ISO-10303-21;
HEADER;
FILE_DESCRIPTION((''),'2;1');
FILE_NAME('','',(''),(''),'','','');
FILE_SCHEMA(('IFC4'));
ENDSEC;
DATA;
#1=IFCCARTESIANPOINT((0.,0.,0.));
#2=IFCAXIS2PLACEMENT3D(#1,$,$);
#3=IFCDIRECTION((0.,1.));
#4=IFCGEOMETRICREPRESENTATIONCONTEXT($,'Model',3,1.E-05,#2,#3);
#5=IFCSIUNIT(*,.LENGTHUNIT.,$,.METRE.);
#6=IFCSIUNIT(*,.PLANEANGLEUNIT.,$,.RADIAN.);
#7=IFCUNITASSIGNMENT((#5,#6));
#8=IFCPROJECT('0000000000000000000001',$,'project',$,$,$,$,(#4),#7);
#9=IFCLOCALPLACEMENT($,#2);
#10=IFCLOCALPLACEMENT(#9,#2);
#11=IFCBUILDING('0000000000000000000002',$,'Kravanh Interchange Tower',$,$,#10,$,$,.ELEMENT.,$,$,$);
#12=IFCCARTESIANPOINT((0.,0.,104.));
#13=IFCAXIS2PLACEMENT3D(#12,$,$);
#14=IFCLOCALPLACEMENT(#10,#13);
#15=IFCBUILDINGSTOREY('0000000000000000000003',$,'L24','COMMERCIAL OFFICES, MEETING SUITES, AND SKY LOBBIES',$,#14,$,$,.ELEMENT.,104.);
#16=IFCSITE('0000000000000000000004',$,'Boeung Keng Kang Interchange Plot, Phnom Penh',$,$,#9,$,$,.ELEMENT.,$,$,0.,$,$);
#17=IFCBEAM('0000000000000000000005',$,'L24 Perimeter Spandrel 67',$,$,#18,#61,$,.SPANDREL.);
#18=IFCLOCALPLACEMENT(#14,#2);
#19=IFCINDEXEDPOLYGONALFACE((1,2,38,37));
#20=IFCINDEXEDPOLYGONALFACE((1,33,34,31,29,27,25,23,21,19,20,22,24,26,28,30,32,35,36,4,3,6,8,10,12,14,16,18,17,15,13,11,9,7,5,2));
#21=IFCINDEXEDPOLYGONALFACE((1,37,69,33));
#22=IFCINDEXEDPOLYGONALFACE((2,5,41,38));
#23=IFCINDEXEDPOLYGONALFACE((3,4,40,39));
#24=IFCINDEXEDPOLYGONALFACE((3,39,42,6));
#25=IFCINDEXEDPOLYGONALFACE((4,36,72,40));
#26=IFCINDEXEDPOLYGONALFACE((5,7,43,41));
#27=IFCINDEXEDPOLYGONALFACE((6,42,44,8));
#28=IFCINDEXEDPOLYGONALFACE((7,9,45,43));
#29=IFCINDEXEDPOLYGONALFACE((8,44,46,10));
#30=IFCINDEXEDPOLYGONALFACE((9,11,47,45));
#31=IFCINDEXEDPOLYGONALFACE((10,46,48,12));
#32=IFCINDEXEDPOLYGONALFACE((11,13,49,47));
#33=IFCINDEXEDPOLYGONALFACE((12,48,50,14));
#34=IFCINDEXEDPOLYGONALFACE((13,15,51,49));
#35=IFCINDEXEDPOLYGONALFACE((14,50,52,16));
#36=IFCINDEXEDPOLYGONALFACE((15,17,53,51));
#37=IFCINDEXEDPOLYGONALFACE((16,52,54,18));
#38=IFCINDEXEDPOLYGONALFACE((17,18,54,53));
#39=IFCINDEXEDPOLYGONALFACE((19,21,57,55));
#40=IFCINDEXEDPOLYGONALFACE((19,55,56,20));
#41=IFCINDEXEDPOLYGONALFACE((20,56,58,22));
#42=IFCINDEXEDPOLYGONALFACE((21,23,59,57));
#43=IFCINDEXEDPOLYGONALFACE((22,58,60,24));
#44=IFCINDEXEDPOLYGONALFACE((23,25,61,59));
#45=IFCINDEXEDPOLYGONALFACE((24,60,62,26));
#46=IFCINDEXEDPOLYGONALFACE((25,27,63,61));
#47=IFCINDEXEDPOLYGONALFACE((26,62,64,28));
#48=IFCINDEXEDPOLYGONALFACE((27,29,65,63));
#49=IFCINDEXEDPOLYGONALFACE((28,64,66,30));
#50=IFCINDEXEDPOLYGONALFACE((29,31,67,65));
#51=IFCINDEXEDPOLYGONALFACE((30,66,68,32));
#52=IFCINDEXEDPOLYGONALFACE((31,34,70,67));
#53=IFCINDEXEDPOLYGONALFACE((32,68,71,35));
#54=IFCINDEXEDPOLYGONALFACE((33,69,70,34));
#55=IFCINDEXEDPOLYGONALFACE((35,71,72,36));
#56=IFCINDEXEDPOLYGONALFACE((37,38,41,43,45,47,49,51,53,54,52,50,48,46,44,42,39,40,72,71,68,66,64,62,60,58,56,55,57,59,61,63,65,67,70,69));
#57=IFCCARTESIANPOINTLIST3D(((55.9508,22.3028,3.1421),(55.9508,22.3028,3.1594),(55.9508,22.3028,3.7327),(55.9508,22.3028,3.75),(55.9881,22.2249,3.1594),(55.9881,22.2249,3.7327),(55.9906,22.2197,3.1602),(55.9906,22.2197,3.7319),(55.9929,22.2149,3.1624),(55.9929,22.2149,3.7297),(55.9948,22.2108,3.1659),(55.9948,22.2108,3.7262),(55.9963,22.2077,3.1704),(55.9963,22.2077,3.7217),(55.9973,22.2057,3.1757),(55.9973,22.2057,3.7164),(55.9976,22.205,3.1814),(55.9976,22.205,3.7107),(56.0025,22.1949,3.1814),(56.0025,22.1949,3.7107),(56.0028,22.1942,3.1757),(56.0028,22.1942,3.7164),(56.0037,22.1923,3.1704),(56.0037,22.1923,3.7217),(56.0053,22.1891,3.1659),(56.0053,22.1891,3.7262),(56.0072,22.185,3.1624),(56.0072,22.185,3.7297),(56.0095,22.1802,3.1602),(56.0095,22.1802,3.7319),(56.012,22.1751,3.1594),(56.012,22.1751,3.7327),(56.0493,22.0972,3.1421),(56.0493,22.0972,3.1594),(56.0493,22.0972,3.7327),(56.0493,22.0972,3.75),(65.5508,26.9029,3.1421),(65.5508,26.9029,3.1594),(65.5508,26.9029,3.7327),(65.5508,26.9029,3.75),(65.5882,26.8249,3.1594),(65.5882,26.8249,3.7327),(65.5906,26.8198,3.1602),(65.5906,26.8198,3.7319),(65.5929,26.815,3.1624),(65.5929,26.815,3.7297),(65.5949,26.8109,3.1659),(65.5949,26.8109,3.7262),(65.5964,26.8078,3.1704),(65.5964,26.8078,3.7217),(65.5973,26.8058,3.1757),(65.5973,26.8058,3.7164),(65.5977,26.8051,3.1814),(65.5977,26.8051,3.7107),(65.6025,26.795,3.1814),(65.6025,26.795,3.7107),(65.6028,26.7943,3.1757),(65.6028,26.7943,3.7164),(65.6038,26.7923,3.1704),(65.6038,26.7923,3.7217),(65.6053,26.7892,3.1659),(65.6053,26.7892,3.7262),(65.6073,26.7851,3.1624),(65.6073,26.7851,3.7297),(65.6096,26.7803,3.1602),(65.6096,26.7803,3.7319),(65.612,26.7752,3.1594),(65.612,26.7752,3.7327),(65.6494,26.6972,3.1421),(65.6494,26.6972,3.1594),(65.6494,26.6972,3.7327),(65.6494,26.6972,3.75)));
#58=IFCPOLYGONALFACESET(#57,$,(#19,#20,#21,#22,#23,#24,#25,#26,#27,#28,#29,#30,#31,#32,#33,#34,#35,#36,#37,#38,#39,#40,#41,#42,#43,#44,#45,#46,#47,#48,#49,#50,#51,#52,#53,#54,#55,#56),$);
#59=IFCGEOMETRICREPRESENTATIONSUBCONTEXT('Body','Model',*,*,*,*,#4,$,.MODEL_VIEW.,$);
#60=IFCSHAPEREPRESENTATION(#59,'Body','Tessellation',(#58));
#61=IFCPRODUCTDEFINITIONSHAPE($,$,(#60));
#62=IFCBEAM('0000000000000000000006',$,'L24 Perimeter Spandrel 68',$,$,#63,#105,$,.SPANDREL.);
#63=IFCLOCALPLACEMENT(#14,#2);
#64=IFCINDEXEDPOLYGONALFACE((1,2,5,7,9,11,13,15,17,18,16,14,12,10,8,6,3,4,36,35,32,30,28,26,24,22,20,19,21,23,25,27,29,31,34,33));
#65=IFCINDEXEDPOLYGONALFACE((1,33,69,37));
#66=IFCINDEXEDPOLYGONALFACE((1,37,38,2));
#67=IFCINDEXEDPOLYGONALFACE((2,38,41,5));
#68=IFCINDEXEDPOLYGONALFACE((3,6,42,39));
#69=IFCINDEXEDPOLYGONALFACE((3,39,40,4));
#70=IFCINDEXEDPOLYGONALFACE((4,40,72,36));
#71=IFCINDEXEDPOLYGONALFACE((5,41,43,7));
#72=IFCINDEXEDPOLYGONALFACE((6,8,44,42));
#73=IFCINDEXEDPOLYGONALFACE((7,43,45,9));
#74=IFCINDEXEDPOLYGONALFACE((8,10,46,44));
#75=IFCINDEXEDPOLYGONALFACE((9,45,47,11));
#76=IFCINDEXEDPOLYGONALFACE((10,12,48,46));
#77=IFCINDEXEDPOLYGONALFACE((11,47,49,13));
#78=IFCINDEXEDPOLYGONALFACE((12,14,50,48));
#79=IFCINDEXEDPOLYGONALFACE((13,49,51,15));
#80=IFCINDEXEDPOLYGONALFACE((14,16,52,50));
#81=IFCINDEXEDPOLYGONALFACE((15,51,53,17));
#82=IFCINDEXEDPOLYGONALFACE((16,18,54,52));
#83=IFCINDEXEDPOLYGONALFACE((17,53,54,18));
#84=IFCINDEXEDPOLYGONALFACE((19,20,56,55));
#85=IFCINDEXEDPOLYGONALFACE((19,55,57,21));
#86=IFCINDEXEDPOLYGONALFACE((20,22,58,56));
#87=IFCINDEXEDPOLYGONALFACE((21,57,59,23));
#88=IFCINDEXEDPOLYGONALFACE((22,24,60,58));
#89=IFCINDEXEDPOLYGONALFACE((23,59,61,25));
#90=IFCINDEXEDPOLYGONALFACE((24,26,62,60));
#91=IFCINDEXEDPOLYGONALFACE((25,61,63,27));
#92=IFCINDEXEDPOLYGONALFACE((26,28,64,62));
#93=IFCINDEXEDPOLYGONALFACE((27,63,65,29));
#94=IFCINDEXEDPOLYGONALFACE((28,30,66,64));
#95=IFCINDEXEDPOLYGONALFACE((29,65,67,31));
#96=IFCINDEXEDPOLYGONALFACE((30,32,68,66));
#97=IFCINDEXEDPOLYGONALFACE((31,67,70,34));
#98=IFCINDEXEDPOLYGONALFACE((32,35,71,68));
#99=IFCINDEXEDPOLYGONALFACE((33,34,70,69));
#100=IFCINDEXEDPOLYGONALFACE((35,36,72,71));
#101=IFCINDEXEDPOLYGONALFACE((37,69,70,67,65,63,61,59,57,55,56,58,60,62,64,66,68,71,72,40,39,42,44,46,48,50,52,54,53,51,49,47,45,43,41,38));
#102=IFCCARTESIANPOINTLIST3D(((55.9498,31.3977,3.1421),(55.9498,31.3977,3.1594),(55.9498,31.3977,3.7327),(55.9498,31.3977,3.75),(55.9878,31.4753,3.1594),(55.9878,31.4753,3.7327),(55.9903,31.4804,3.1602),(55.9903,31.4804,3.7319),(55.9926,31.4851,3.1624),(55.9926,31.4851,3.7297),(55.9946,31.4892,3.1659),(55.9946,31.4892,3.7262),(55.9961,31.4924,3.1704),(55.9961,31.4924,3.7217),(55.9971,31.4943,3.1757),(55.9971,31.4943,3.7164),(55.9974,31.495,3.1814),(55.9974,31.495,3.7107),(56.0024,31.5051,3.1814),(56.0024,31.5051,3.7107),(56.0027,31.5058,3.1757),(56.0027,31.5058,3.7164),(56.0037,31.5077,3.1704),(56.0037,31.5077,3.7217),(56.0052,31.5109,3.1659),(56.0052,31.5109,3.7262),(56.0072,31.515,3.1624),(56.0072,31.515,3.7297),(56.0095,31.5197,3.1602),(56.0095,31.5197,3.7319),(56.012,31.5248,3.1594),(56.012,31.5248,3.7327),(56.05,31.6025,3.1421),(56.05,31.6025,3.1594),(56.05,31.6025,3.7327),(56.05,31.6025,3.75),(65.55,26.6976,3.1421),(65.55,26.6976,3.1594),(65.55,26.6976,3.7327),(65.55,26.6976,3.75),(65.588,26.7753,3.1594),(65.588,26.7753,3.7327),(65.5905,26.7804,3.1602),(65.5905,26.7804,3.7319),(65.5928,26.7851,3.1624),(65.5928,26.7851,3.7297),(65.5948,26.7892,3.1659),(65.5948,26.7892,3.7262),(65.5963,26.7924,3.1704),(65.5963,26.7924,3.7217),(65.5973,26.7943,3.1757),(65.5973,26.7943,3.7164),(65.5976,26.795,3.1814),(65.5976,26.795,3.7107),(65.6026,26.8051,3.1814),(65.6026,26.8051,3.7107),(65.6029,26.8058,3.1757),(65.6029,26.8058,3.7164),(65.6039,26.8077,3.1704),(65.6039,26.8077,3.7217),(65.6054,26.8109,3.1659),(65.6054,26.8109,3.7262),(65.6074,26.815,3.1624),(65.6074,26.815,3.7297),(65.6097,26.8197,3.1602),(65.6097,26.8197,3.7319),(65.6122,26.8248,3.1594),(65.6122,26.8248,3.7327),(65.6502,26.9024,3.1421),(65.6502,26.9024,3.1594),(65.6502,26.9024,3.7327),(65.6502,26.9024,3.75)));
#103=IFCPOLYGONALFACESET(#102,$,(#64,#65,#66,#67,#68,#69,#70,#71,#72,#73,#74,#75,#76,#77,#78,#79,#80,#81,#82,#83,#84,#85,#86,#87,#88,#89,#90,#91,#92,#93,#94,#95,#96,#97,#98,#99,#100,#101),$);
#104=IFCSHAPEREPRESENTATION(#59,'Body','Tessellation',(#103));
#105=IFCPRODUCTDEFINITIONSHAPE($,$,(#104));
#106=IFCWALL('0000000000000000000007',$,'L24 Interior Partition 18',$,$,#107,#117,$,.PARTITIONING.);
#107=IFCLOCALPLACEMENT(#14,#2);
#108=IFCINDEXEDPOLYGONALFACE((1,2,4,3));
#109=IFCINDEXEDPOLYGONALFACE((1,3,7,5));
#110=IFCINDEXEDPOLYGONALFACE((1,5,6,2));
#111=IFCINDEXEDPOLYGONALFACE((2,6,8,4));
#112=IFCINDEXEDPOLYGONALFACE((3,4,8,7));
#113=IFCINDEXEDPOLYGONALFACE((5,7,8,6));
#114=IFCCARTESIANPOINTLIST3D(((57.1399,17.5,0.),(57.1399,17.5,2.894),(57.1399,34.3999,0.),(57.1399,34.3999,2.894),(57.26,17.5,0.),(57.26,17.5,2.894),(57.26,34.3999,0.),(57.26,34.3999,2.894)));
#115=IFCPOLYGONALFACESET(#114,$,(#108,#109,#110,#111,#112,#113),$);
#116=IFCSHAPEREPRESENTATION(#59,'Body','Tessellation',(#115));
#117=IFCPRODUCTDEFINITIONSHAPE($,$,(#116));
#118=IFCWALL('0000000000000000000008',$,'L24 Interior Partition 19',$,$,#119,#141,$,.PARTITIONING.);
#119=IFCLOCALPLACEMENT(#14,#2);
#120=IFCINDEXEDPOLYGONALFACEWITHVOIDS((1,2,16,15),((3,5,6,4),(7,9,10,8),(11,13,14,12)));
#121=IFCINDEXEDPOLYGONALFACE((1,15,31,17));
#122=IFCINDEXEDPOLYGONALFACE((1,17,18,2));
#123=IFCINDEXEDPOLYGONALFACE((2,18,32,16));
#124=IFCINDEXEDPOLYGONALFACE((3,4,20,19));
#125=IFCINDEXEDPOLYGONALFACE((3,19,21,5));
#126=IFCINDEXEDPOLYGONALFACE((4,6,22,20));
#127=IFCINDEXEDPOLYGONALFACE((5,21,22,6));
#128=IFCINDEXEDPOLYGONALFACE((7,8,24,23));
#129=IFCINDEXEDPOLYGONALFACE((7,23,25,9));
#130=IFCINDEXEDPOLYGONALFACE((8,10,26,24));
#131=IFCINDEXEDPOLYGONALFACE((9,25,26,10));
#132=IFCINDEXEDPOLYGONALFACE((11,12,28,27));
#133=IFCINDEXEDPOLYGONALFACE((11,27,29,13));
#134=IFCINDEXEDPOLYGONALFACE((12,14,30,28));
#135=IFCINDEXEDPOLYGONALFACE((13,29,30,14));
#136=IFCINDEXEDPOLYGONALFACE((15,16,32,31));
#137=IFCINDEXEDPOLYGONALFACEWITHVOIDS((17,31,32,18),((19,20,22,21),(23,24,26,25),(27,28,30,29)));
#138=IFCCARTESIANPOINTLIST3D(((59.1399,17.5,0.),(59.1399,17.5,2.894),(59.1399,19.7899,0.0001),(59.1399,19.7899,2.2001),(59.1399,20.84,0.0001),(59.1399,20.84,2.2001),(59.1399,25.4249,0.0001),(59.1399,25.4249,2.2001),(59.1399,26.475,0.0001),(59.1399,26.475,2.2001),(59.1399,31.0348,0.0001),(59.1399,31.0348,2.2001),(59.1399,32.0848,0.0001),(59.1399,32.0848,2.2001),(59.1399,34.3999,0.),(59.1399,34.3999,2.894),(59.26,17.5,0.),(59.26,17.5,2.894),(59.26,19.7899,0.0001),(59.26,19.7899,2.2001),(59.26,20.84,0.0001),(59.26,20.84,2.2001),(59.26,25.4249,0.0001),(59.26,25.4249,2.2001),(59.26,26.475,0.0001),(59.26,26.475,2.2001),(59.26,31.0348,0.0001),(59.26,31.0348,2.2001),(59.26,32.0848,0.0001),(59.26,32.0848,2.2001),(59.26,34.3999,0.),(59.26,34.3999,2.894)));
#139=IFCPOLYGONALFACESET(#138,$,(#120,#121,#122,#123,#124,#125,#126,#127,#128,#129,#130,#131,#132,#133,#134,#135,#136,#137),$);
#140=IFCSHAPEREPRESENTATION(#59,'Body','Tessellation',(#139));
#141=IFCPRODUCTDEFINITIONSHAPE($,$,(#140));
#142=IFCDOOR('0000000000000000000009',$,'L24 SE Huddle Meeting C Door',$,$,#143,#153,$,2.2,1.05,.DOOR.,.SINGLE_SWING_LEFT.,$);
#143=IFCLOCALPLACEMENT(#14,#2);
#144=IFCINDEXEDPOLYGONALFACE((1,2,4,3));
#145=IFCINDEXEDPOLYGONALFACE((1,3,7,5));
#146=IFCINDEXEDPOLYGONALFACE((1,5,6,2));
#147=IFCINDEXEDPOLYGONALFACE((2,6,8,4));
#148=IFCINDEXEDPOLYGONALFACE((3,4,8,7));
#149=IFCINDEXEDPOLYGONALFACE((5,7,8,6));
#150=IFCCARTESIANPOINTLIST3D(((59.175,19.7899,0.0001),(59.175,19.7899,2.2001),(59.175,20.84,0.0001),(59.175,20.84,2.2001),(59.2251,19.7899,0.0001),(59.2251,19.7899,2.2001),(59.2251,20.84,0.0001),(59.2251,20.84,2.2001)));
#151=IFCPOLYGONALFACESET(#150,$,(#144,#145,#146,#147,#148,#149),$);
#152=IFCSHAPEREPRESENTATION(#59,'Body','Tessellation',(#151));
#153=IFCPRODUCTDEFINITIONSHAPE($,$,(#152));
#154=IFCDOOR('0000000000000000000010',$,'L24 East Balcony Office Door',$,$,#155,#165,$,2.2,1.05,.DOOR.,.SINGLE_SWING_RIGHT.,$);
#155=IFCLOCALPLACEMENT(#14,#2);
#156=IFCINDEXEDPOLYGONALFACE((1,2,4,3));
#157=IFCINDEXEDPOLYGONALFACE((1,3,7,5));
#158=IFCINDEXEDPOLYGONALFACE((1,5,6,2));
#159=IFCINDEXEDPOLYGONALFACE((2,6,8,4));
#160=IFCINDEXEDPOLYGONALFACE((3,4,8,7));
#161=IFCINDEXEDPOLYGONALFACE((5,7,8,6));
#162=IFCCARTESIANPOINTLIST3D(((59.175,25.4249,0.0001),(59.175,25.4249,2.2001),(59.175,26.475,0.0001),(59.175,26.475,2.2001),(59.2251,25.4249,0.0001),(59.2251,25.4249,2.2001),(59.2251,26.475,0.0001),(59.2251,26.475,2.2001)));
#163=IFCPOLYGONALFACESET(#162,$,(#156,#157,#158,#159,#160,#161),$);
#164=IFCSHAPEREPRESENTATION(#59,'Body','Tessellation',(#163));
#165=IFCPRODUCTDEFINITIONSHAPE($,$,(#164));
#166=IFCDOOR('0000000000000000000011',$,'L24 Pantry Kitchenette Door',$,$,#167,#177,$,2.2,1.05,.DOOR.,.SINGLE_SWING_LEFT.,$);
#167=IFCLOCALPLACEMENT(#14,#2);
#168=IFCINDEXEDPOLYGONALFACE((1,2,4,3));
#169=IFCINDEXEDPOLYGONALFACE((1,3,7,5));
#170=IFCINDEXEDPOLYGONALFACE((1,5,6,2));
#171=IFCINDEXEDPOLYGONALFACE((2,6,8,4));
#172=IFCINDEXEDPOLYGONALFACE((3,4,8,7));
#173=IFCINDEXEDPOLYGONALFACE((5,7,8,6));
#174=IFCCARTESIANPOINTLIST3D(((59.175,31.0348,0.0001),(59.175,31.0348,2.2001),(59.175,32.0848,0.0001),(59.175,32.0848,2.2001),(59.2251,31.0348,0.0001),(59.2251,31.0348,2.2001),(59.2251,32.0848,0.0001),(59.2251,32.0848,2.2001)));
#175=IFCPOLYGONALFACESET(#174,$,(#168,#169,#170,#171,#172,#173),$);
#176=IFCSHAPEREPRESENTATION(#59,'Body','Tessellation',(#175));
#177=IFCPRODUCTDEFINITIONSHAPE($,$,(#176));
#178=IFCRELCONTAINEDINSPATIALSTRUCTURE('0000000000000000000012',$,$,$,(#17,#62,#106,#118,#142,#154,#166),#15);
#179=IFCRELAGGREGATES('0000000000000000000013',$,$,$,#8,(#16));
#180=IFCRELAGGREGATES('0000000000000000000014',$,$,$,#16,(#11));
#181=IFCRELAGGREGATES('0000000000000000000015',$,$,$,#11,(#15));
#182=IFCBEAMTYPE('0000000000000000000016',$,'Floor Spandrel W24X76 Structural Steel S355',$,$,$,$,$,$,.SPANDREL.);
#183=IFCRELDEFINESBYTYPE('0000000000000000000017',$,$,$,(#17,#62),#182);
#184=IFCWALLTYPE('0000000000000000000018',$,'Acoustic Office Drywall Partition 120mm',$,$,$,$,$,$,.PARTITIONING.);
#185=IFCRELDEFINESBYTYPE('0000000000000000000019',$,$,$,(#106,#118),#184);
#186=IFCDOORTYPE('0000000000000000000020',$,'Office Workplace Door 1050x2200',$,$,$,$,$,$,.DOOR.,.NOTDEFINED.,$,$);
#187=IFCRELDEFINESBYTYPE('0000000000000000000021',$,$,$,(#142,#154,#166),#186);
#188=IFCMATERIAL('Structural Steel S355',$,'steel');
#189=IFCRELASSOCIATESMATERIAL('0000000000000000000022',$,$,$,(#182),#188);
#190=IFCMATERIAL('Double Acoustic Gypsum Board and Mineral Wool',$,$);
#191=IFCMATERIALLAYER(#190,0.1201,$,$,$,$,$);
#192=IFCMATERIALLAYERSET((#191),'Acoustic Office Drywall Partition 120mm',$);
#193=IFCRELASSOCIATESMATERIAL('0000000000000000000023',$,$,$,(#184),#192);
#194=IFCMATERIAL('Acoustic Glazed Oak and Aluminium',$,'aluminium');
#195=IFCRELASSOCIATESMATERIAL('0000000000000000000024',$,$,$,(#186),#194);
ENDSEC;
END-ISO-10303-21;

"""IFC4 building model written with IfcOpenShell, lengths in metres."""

from ifc_helpers import new_model, si_unit, direction, frame, frame_2d, origin, origin_2d, place, context, subcontext, project, spatial, rectangle, i_section, extrude, material, layer, layer_set, material_profile, profile_set, type_object, element, fill, save


model = new_model("IFC4")

# Units and contexts
model_context = context("Model", 3, precision=1e-05, world=origin(), true_north=direction((0.0, 1.0)))
body_context = subcontext(model_context, "Body", "Model", "MODEL_VIEW")
ifc_project = project(units=[si_unit("LENGTHUNIT", "METRE"), si_unit("PLANEANGLEUNIT", "RADIAN")], contexts=[model_context])

# Site, building, storey
site_placement = place(None, origin())
site = spatial("IfcSite", under=ifc_project, at=site_placement, Name="Boeung Keng Kang Interchange Plot, Phnom Penh", CompositionType="ELEMENT", RefElevation=0.0)
building_placement = place(site_placement, origin())
building = spatial("IfcBuilding", under=site, at=building_placement, Name="Kravanh Interchange Tower", CompositionType="ELEMENT")
storey_placement = place(building_placement, frame((0.0, 0.0, 104.0)))
storey = spatial("IfcBuildingStorey", under=building, at=storey_placement, Name="L24", Description="COMMERCIAL OFFICES, MEETING SUITES, AND SKY LOBBIES", CompositionType="ELEMENT", Elevation=104.0)

# Beams
ifc_material_1 = material(Name="Structural Steel S355", Category="steel")
ifc_material_profile_1 = material_profile(ifc_material_1, i_section(OverallWidth=0.228, OverallDepth=0.6079, WebThickness=0.0112, FlangeThickness=0.0173, FilletRadius=0.022, at=origin_2d()), Name="W24X76")
ifc_profile_set_1 = profile_set([ifc_material_profile_1], Name="Structural Steel S355")
beam_type_1 = type_object("IfcBeamType", Name="Floor Spandrel W24X76 Structural Steel S355", PredefinedType="SPANDREL", material=ifc_profile_set_1)
beam_1_placement = place(storey_placement, frame((65.6001, 26.8, 3.446), z_axis=(-0.901814, -0.432124, 0.0), x_axis=(0.432124, -0.901814, 0.0)))
element("IfcBeam", 1, at=beam_1_placement, inside=storey, type_object=beam_type_1, Name="L24 Perimeter Spandrel 67", PredefinedType="SPANDREL", context=body_context, shape_type="SweptSolid", body=[
    extrude(i_section(OverallWidth=0.228, OverallDepth=0.6079, WebThickness=0.0112, FlangeThickness=0.0173, FilletRadius=0.022, at=origin_2d()), origin(), (0.0, 0.0, 1.0), 10.6453),
])
beam_2_placement = place(storey_placement, frame((65.6001, 26.8, 3.446), z_axis=(-0.898142, 0.439706, 0.0), x_axis=(-0.439706, -0.898142, 0.0)))
element("IfcBeam", 2, at=beam_2_placement, inside=storey, type_object=beam_type_1, Name="L24 Perimeter Spandrel 68", PredefinedType="SPANDREL", context=body_context, shape_type="SweptSolid", body=[
    extrude(i_section(OverallWidth=0.228, OverallDepth=0.6079, WebThickness=0.0112, FlangeThickness=0.0173, FilletRadius=0.022, at=origin_2d()), origin(), (0.0, 0.0, 1.0), 10.689),
])

# Wall
ifc_material_2 = material(Name="Double Acoustic Gypsum Board and Mineral Wool")
ifc_layer_1 = layer(ifc_material_2, 0.1201)
ifc_layer_set_1 = layer_set([ifc_layer_1], Name="Acoustic Office Drywall Partition 120mm")
wall_type = type_object("IfcWallType", Name="Acoustic Office Drywall Partition 120mm", PredefinedType="PARTITIONING", material=ifc_layer_set_1)
wall_1_placement = place(storey_placement, frame((57.2, 17.5, 0.0), z_axis=(0.0, 0.0, 1.0), x_axis=(0.0, 1.0, 0.0)))
element("IfcWall", 3, at=wall_1_placement, inside=storey, type_object=wall_type, Name="L24 Interior Partition 18", PredefinedType="PARTITIONING", context=body_context, shape_type="SweptSolid", body=[
    extrude(rectangle(XDim=16.8999, YDim=0.1201, at=frame_2d((8.45, 0.0))), origin(), (0.0, 0.0, 1.0), 2.894),
])

# Wall, openings, doors
wall_2_placement = place(storey_placement, frame((59.2, 17.5, 0.0), z_axis=(0.0, 0.0, 1.0), x_axis=(0.0, 1.0, 0.0)))
wall_2 = element("IfcWall", 4, at=wall_2_placement, inside=storey, type_object=wall_type, Name="L24 Interior Partition 19", PredefinedType="PARTITIONING", context=body_context, shape_type="SweptSolid", body=[
    extrude(rectangle(XDim=16.8999, YDim=0.1201, at=frame_2d((8.45, 0.0))), origin(), (0.0, 0.0, 1.0), 2.894),
])
opening_1_placement = place(wall_2_placement, frame((2.29, 0.0, 0.0)))
opening_1 = element("IfcOpeningElement", 5, at=opening_1_placement, cuts=wall_2, PredefinedType="OPENING", context=body_context, shape_type="SweptSolid", body=[
    extrude(rectangle(XDim=1.05, YDim=2.2, at=frame_2d((0.5249, 1.1001))), frame((0.0, 0.0701, 0.0), z_axis=(0.0, -1.0, 0.0), x_axis=(1.0, 0.0, 0.0)), (0.0, 0.0, 1.0), 0.1401),
])
opening_2_placement = place(wall_2_placement, frame((7.925, 0.0, 0.0)))
opening_2 = element("IfcOpeningElement", 6, at=opening_2_placement, cuts=wall_2, PredefinedType="OPENING", context=body_context, shape_type="SweptSolid", body=[
    extrude(rectangle(XDim=1.05, YDim=2.2, at=frame_2d((0.5249, 1.1001))), frame((0.0, 0.0701, 0.0), z_axis=(0.0, -1.0, 0.0), x_axis=(1.0, 0.0, 0.0)), (0.0, 0.0, 1.0), 0.1401),
])
opening_3_placement = place(wall_2_placement, frame((13.5349, 0.0, 0.0)))
opening_3 = element("IfcOpeningElement", 7, at=opening_3_placement, cuts=wall_2, PredefinedType="OPENING", context=body_context, shape_type="SweptSolid", body=[
    extrude(rectangle(XDim=1.05, YDim=2.2, at=frame_2d((0.5249, 1.1001))), frame((0.0, 0.0701, 0.0), z_axis=(0.0, -1.0, 0.0), x_axis=(1.0, 0.0, 0.0)), (0.0, 0.0, 1.0), 0.1401),
])
ifc_material_3 = material(Name="Acoustic Glazed Oak and Aluminium", Category="aluminium")
door_type = type_object("IfcDoorType", Name="Office Workplace Door 1050x2200", OperationType="NOTDEFINED", PredefinedType="DOOR", material=ifc_material_3)
door_1_placement = place(opening_1_placement, origin())
door_1 = element("IfcDoor", 8, at=door_1_placement, inside=storey, type_object=door_type, Name="L24 SE Huddle Meeting C Door", OperationType="SINGLE_SWING_LEFT", OverallHeight=2.2, OverallWidth=1.05, PredefinedType="DOOR", context=body_context, shape_type="SweptSolid", body=[
    extrude(rectangle(XDim=1.05, YDim=2.2, at=frame_2d((0.5249, 1.1001))), frame((0.0, 0.0249, 0.0), z_axis=(0.0, -1.0, 0.0), x_axis=(1.0, 0.0, 0.0)), (0.0, 0.0, 1.0), 0.05),
])
fill(opening_1, door_1)
door_2_placement = place(opening_2_placement, origin())
door_2 = element("IfcDoor", 9, at=door_2_placement, inside=storey, type_object=door_type, Name="L24 East Balcony Office Door", OperationType="SINGLE_SWING_RIGHT", OverallHeight=2.2, OverallWidth=1.05, PredefinedType="DOOR", context=body_context, shape_type="SweptSolid", body=[
    extrude(rectangle(XDim=1.05, YDim=2.2, at=frame_2d((0.5249, 1.1001))), frame((0.0, 0.0249, 0.0), z_axis=(0.0, -1.0, 0.0), x_axis=(1.0, 0.0, 0.0)), (0.0, 0.0, 1.0), 0.05),
])
fill(opening_2, door_2)
door_3_placement = place(opening_3_placement, origin())
door_3 = element("IfcDoor", 10, at=door_3_placement, inside=storey, type_object=door_type, Name="L24 Pantry Kitchenette Door", OperationType="SINGLE_SWING_LEFT", OverallHeight=2.2, OverallWidth=1.05, PredefinedType="DOOR", context=body_context, shape_type="SweptSolid", body=[
    extrude(rectangle(XDim=1.05, YDim=2.2, at=frame_2d((0.5249, 1.1001))), frame((0.0, 0.0249, 0.0), z_axis=(0.0, -1.0, 0.0), x_axis=(1.0, 0.0, 0.0)), (0.0, 0.0, 1.0), 0.05),
])
fill(opening_3, door_3)

save(model, "model.ifc")
